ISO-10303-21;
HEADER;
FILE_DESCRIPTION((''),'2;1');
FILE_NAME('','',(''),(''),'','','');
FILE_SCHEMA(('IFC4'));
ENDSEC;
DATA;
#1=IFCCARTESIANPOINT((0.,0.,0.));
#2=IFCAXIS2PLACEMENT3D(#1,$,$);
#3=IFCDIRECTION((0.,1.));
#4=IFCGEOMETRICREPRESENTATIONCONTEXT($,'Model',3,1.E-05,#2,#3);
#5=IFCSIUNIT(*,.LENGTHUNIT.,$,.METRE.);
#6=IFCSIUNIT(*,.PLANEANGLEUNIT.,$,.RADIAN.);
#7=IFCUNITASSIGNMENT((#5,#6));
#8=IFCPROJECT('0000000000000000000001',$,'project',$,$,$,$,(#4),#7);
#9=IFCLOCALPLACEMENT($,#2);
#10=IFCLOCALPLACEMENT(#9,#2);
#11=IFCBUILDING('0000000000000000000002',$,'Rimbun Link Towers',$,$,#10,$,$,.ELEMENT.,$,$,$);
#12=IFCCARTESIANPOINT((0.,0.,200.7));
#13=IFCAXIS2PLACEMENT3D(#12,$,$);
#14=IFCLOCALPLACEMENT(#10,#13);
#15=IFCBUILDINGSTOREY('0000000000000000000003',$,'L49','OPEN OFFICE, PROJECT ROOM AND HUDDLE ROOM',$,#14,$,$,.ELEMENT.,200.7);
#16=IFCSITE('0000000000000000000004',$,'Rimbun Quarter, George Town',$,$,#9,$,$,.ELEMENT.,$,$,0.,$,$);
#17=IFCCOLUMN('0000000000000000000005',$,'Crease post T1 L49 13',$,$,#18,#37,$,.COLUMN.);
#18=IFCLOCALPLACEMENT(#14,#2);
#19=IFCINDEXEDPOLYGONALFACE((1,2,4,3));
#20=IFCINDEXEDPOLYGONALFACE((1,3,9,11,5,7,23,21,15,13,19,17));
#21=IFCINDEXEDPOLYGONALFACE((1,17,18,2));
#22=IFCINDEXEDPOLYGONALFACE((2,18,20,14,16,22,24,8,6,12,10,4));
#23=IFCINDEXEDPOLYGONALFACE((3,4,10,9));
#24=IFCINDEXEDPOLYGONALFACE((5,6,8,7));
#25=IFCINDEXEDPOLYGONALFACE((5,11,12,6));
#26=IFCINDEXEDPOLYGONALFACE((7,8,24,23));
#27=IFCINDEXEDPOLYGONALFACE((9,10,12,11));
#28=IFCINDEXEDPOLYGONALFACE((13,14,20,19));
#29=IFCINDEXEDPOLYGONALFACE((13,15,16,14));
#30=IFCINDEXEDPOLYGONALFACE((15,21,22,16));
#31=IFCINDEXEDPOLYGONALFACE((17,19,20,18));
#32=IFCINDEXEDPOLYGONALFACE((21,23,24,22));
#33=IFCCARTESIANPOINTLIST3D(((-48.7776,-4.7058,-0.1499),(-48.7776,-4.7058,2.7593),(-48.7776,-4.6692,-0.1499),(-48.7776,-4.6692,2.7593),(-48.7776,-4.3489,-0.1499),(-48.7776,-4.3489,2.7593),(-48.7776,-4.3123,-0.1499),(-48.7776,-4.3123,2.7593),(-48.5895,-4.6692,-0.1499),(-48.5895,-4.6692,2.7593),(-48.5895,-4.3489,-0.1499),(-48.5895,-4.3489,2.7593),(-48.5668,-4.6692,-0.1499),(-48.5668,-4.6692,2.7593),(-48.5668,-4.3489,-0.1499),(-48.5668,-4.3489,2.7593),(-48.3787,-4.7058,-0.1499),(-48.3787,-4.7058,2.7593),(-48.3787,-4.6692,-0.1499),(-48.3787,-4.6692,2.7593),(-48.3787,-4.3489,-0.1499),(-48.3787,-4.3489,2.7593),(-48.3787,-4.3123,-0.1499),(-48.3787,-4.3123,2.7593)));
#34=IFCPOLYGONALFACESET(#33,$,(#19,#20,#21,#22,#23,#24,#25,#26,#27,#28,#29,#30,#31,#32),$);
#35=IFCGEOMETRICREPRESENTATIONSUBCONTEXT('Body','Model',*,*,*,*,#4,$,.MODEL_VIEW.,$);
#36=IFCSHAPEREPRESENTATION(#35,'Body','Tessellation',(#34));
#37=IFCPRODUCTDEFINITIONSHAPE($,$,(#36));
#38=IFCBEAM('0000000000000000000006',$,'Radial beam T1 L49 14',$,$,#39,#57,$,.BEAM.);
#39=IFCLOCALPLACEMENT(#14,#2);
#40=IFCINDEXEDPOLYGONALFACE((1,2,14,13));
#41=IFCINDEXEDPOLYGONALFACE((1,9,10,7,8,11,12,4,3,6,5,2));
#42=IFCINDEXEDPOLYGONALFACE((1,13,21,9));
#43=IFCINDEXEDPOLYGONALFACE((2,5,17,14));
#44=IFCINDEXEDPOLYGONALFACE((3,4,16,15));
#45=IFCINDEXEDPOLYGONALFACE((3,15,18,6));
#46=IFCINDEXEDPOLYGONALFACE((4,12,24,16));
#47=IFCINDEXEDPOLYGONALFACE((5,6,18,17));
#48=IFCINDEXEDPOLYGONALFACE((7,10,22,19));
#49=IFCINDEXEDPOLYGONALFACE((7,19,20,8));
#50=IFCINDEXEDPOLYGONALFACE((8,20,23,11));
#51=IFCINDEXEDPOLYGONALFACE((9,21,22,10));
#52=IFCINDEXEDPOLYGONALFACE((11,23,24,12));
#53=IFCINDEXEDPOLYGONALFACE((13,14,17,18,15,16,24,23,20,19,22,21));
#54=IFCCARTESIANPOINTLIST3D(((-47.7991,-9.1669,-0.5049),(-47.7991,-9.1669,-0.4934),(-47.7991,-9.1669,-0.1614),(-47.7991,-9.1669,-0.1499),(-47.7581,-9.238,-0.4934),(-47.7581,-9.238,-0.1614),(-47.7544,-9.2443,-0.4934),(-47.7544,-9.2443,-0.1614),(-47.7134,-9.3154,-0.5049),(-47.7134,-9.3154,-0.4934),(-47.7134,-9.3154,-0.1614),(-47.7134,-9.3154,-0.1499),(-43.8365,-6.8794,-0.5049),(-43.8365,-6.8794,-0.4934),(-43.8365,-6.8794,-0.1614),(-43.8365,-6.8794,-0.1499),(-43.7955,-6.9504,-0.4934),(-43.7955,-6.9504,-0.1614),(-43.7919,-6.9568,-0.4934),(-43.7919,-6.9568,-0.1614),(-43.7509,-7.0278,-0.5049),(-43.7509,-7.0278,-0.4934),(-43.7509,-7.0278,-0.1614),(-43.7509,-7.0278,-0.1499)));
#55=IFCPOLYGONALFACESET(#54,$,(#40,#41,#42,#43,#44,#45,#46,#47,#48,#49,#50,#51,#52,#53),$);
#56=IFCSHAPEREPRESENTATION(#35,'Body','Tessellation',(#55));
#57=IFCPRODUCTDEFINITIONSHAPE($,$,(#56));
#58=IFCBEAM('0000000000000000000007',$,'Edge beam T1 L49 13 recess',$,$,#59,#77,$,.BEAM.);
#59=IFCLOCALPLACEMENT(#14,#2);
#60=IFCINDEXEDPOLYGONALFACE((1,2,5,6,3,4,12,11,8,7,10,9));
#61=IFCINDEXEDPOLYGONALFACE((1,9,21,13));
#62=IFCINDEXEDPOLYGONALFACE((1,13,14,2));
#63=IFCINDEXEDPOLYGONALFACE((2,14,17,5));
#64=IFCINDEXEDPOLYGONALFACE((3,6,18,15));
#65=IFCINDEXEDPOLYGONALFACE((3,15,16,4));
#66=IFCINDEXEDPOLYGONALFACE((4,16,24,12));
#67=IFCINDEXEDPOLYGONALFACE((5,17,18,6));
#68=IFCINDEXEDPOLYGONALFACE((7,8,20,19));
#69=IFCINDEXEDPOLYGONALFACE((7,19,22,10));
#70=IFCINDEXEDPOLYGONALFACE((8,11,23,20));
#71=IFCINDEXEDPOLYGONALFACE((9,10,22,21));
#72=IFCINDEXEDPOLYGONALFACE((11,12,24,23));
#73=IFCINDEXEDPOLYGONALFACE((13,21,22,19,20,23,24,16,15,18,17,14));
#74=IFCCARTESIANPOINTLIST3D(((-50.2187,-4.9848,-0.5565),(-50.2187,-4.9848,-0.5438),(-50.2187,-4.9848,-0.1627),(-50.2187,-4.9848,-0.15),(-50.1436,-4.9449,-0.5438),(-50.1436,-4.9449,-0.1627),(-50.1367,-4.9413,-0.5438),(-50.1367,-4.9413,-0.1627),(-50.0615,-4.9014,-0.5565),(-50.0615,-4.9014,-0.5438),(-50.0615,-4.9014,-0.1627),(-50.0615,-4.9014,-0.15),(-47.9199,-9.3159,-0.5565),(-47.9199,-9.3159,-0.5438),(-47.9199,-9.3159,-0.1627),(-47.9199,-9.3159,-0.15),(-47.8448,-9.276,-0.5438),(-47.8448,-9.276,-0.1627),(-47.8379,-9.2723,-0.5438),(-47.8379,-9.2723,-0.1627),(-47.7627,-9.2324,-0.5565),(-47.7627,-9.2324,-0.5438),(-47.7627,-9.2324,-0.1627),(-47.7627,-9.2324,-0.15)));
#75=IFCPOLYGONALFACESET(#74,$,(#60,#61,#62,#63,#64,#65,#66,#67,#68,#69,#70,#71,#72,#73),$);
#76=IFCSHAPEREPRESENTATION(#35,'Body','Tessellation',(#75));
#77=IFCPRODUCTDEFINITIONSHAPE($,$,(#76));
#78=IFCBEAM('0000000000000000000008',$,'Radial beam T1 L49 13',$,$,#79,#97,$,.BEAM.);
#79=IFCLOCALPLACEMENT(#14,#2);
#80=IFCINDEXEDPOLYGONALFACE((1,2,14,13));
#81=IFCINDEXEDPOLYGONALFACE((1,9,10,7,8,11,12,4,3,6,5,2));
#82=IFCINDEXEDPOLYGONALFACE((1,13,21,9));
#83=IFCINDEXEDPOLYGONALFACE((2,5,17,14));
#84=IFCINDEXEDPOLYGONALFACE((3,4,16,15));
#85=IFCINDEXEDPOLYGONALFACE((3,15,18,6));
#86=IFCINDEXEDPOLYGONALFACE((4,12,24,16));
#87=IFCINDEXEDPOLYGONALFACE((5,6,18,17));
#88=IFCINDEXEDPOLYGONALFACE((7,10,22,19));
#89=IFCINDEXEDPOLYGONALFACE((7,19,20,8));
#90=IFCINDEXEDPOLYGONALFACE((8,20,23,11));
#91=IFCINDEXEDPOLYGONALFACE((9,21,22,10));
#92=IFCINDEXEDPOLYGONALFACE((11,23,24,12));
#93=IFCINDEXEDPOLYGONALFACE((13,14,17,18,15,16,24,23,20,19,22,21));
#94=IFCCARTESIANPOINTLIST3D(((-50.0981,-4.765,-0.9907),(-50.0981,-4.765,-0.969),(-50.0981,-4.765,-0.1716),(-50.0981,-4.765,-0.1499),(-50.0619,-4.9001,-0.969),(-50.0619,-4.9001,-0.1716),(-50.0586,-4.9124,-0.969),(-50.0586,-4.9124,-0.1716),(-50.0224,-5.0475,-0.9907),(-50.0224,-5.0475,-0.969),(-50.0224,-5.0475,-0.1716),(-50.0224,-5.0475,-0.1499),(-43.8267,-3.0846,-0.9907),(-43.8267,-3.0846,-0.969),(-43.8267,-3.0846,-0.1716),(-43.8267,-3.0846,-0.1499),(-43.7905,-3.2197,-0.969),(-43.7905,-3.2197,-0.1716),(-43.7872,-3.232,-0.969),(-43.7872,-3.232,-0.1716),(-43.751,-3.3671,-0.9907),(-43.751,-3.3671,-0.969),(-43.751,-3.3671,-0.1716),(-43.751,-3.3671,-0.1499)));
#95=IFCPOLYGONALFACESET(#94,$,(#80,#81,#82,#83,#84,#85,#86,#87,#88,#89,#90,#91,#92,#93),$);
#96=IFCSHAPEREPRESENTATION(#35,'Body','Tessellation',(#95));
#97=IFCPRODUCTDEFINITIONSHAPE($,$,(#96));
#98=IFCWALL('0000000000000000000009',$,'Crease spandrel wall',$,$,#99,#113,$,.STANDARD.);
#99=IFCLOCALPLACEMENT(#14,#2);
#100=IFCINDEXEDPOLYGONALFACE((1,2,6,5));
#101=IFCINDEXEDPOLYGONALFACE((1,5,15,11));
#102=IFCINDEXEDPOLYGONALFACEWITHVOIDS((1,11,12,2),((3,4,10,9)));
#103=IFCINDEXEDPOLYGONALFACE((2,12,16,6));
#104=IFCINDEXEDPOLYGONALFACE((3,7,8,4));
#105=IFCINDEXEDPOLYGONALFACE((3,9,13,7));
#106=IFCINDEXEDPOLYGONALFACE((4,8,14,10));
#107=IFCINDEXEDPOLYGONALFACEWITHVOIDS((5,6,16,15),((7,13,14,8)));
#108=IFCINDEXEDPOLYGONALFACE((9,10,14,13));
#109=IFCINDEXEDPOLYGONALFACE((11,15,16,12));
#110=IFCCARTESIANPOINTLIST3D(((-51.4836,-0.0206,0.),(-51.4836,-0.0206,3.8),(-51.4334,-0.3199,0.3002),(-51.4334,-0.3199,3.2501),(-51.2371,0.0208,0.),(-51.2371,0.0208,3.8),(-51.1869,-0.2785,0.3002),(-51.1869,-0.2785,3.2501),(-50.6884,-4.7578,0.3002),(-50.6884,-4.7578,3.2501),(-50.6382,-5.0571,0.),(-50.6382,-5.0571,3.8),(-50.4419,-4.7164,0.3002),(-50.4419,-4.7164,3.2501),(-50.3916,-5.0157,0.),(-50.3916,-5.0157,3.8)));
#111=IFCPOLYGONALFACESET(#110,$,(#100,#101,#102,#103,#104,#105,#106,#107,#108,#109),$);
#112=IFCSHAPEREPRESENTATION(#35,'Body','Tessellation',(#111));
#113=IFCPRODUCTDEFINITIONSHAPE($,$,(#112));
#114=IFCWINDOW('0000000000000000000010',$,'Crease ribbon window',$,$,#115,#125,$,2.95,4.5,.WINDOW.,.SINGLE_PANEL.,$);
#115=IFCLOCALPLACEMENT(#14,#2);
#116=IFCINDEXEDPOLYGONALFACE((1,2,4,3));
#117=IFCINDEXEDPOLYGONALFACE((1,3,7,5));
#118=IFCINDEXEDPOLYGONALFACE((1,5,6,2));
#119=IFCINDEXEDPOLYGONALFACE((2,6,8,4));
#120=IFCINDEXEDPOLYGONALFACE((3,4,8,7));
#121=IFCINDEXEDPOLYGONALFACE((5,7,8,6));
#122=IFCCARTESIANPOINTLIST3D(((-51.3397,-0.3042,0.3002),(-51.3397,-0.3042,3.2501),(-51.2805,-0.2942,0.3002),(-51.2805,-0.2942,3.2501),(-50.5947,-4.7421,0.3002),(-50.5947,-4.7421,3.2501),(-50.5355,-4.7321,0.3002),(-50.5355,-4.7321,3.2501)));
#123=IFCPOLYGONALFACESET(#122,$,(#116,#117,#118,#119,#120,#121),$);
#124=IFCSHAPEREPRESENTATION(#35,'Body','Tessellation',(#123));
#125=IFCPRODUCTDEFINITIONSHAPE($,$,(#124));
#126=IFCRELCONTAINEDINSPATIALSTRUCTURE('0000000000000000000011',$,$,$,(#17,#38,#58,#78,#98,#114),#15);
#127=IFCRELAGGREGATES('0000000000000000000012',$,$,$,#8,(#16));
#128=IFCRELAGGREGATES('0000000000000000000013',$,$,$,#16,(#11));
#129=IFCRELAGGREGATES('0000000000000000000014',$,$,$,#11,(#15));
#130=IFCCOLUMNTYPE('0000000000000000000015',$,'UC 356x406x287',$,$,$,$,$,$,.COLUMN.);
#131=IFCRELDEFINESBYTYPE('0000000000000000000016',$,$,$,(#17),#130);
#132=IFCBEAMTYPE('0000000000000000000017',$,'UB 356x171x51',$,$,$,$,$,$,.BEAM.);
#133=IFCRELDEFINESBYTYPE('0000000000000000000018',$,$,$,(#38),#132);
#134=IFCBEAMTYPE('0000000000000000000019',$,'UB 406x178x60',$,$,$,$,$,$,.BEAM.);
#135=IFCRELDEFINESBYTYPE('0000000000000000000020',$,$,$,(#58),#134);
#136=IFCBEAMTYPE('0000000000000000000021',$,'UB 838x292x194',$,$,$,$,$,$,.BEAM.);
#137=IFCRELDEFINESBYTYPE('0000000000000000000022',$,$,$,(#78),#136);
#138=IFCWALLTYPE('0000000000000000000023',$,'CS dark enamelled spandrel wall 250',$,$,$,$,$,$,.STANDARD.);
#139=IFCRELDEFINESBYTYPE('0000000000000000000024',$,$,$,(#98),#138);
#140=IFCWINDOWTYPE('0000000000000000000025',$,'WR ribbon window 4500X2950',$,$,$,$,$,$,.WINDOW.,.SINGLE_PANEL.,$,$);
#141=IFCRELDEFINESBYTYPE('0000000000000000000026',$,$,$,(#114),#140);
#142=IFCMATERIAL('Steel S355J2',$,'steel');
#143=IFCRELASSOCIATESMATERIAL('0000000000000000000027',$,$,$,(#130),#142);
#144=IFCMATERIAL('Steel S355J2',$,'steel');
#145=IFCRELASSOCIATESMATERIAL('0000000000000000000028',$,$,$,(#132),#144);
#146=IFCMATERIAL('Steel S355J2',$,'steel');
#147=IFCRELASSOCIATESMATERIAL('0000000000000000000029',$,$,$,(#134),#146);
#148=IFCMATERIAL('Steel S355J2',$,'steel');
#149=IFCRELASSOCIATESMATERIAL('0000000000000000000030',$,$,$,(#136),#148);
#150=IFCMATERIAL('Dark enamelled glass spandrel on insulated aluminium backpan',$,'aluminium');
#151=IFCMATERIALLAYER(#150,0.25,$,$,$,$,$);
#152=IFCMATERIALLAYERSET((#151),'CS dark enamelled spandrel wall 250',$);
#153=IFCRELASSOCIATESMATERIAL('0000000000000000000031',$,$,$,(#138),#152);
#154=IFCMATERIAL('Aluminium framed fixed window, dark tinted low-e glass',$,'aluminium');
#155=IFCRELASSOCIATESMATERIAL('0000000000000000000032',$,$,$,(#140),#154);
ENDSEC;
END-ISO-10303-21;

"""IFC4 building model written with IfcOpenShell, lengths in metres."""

from ifc_helpers import new_model, si_unit, direction, frame, frame_2d, origin, origin_2d, place, context, subcontext, project, spatial, rectangle, i_section, extrude, material, layer, layer_set, material_profile, profile_set, type_object, element, fill, save


model = new_model("IFC4")

# Units and contexts
model_context = context("Model", 3, precision=1e-05, world=origin(), true_north=direction((0.0, 1.0)))
body_context = subcontext(model_context, "Body", "Model", "MODEL_VIEW")
ifc_project = project(units=[si_unit("LENGTHUNIT", "METRE"), si_unit("PLANEANGLEUNIT", "RADIAN")], contexts=[model_context])

# Site, building, storey
site_placement = place(None, origin())
site = spatial("IfcSite", under=ifc_project, at=site_placement, Name="Rimbun Quarter, George Town", CompositionType="ELEMENT", RefElevation=0.0)
building_placement = place(site_placement, origin())
building = spatial("IfcBuilding", under=site, at=building_placement, Name="Rimbun Link Towers", CompositionType="ELEMENT")
storey_placement = place(building_placement, frame((0.0, 0.0, 200.7)))
storey = spatial("IfcBuildingStorey", under=building, at=storey_placement, Name="L49", Description="OPEN OFFICE, PROJECT ROOM AND HUDDLE ROOM", CompositionType="ELEMENT", Elevation=200.7)

# Column
ifc_material_1 = material(Name="Steel S355J2", Category="steel")
ifc_material_profile_1 = material_profile(ifc_material_1, i_section(OverallWidth=0.3989, OverallDepth=0.3936, WebThickness=0.0227, FlangeThickness=0.0366, at=origin_2d()), Name="UC 356x406x287")
ifc_profile_set_1 = profile_set([ifc_material_profile_1], Name="Steel S355J2")
column_type = type_object("IfcColumnType", Name="UC 356x406x287", PredefinedType="COLUMN", material=ifc_profile_set_1)
column_placement = place(storey_placement, frame((-48.5781, -4.509, -0.1499), z_axis=(0.0, 0.0, 1.0), x_axis=(1.0, 0.0, 0.0)))
element("IfcColumn", 1, at=column_placement, inside=storey, type_object=column_type, Name="Crease post T1 L49 13", PredefinedType="COLUMN", context=body_context, shape_type="SweptSolid", body=[
    extrude(i_section(OverallWidth=0.3989, OverallDepth=0.3936, WebThickness=0.0227, FlangeThickness=0.0366, at=origin_2d()), origin(), (0.0, 0.0, 1.0), 2.9092),
])

# Beams
ifc_material_2 = material(Name="Steel S355J2", Category="steel")
ifc_material_profile_2 = material_profile(ifc_material_2, i_section(OverallWidth=0.1714, OverallDepth=0.355, WebThickness=0.0073, FlangeThickness=0.0115, at=origin_2d()), Name="UB 356x171x51")
ifc_profile_set_2 = profile_set([ifc_material_profile_2], Name="Steel S355J2")
beam_type_1 = type_object("IfcBeamType", Name="UB 356x171x51", PredefinedType="BEAM", material=ifc_profile_set_2)
beam_1_placement = place(storey_placement, frame((-43.7937, -6.9536, -0.3274), z_axis=(-0.866048, -0.499961, 0.0), x_axis=(0.499961, -0.866048, 0.0)))
element("IfcBeam", 2, at=beam_1_placement, inside=storey, type_object=beam_type_1, Name="Radial beam T1 L49 14", PredefinedType="BEAM", context=body_context, shape_type="SweptSolid", body=[
    extrude(i_section(OverallWidth=0.1714, OverallDepth=0.355, WebThickness=0.0073, FlangeThickness=0.0115, at=origin_2d()), origin(), (0.0, 0.0, 1.0), 4.5754),
])
ifc_material_3 = material(Name="Steel S355J2", Category="steel")
ifc_material_profile_3 = material_profile(ifc_material_3, i_section(OverallWidth=0.178, OverallDepth=0.4065, WebThickness=0.0078, FlangeThickness=0.0127, at=origin_2d()), Name="UB 406x178x60")
ifc_profile_set_3 = profile_set([ifc_material_profile_3], Name="Steel S355J2")
beam_type_2 = type_object("IfcBeamType", Name="UB 406x178x60", PredefinedType="BEAM", material=ifc_profile_set_3)
beam_2_placement = place(storey_placement, frame((-50.1401, -4.9431, -0.3533), z_axis=(0.46883, -0.883288, 0.0), x_axis=(0.883288, 0.46883, 0.0)))
element("IfcBeam", 3, at=beam_2_placement, inside=storey, type_object=beam_type_2, Name="Edge beam T1 L49 13 recess", PredefinedType="BEAM", context=body_context, shape_type="SweptSolid", body=[
    extrude(i_section(OverallWidth=0.178, OverallDepth=0.4065, WebThickness=0.0078, FlangeThickness=0.0127, at=origin_2d()), origin(), (0.0, 0.0, 1.0), 4.9033),
])
ifc_material_4 = material(Name="Steel S355J2", Category="steel")
ifc_material_profile_4 = material_profile(ifc_material_4, i_section(OverallWidth=0.2925, OverallDepth=0.8408, WebThickness=0.0127, FlangeThickness=0.0217, at=origin_2d()), Name="UB 838x292x194")
ifc_profile_set_4 = profile_set([ifc_material_profile_4], Name="Steel S355J2")
beam_type_3 = type_object("IfcBeamType", Name="UB 838x292x194", PredefinedType="BEAM", material=ifc_profile_set_4)
beam_3_placement = place(storey_placement, frame((-43.7888, -3.2258, -0.5703), z_axis=(-0.965927, -0.258816, 0.0), x_axis=(0.258816, -0.965927, 0.0)))
element("IfcBeam", 4, at=beam_3_placement, inside=storey, type_object=beam_type_3, Name="Radial beam T1 L49 13", PredefinedType="BEAM", context=body_context, shape_type="SweptSolid", body=[
    extrude(i_section(OverallWidth=0.2925, OverallDepth=0.8408, WebThickness=0.0127, FlangeThickness=0.0217, at=origin_2d()), origin(), (0.0, 0.0, 1.0), 6.4927),
])

# Wall, opening, window
ifc_material_5 = material(Name="Dark enamelled glass spandrel on insulated aluminium backpan", Category="aluminium")
ifc_layer_1 = layer(ifc_material_5, 0.25)
ifc_layer_set_1 = layer_set([ifc_layer_1], Name="CS dark enamelled spandrel wall 250")
wall_type_1 = type_object("IfcWallType", Name="CS dark enamelled spandrel wall 250", PredefinedType="STANDARD", material=ifc_layer_set_1)
wall_1_placement = place(storey_placement, frame((-50.5149, -5.0364, 0.0), z_axis=(0.0, 0.0, 1.0), x_axis=(-0.165554, 0.986201, 0.0)))
wall_1 = element("IfcWall", 5, at=wall_1_placement, inside=storey, type_object=wall_type_1, Name="Crease spandrel wall", PredefinedType="STANDARD", context=body_context, shape_type="SweptSolid", body=[
    extrude(rectangle(XDim=5.1069, YDim=0.25, at=frame_2d((2.5535, 0.0))), origin(), (0.0, 0.0, 1.0), 3.8),
])
opening_1_placement = place(wall_1_placement, frame((0.3035, 0.0, 0.3)))
opening_1 = element("IfcOpeningElement", 6, at=opening_1_placement, cuts=wall_1, PredefinedType="OPENING", context=body_context, shape_type="SweptSolid", body=[
    extrude(rectangle(XDim=4.5, YDim=2.95, at=frame_2d((2.25, 1.4751))), frame((0.0, 0.135, 0.0), z_axis=(0.0, -1.0, 0.0), x_axis=(1.0, 0.0, 0.0)), (0.0, 0.0, 1.0), 0.27),
])
ifc_material_6 = material(Name="Aluminium framed fixed window, dark tinted low-e glass", Category="aluminium")
window_type = type_object("IfcWindowType", Name="WR ribbon window 4500X2950", PartitioningType="SINGLE_PANEL", PredefinedType="WINDOW", material=ifc_material_6)
window_placement = place(opening_1_placement, origin())
window = element("IfcWindow", 7, at=window_placement, inside=storey, type_object=window_type, Name="Crease ribbon window", OverallHeight=2.95, OverallWidth=4.5, PartitioningType="SINGLE_PANEL", PredefinedType="WINDOW", context=body_context, shape_type="SweptSolid", body=[
    extrude(rectangle(XDim=4.5, YDim=2.95, at=frame_2d((2.25, 1.4751))), frame((0.0, 0.03, 0.0), z_axis=(0.0, -1.0, 0.0), x_axis=(1.0, 0.0, 0.0)), (0.0, 0.0, 1.0), 0.0601),
])
fill(opening_1, window)

save(model, "model.ifc")
